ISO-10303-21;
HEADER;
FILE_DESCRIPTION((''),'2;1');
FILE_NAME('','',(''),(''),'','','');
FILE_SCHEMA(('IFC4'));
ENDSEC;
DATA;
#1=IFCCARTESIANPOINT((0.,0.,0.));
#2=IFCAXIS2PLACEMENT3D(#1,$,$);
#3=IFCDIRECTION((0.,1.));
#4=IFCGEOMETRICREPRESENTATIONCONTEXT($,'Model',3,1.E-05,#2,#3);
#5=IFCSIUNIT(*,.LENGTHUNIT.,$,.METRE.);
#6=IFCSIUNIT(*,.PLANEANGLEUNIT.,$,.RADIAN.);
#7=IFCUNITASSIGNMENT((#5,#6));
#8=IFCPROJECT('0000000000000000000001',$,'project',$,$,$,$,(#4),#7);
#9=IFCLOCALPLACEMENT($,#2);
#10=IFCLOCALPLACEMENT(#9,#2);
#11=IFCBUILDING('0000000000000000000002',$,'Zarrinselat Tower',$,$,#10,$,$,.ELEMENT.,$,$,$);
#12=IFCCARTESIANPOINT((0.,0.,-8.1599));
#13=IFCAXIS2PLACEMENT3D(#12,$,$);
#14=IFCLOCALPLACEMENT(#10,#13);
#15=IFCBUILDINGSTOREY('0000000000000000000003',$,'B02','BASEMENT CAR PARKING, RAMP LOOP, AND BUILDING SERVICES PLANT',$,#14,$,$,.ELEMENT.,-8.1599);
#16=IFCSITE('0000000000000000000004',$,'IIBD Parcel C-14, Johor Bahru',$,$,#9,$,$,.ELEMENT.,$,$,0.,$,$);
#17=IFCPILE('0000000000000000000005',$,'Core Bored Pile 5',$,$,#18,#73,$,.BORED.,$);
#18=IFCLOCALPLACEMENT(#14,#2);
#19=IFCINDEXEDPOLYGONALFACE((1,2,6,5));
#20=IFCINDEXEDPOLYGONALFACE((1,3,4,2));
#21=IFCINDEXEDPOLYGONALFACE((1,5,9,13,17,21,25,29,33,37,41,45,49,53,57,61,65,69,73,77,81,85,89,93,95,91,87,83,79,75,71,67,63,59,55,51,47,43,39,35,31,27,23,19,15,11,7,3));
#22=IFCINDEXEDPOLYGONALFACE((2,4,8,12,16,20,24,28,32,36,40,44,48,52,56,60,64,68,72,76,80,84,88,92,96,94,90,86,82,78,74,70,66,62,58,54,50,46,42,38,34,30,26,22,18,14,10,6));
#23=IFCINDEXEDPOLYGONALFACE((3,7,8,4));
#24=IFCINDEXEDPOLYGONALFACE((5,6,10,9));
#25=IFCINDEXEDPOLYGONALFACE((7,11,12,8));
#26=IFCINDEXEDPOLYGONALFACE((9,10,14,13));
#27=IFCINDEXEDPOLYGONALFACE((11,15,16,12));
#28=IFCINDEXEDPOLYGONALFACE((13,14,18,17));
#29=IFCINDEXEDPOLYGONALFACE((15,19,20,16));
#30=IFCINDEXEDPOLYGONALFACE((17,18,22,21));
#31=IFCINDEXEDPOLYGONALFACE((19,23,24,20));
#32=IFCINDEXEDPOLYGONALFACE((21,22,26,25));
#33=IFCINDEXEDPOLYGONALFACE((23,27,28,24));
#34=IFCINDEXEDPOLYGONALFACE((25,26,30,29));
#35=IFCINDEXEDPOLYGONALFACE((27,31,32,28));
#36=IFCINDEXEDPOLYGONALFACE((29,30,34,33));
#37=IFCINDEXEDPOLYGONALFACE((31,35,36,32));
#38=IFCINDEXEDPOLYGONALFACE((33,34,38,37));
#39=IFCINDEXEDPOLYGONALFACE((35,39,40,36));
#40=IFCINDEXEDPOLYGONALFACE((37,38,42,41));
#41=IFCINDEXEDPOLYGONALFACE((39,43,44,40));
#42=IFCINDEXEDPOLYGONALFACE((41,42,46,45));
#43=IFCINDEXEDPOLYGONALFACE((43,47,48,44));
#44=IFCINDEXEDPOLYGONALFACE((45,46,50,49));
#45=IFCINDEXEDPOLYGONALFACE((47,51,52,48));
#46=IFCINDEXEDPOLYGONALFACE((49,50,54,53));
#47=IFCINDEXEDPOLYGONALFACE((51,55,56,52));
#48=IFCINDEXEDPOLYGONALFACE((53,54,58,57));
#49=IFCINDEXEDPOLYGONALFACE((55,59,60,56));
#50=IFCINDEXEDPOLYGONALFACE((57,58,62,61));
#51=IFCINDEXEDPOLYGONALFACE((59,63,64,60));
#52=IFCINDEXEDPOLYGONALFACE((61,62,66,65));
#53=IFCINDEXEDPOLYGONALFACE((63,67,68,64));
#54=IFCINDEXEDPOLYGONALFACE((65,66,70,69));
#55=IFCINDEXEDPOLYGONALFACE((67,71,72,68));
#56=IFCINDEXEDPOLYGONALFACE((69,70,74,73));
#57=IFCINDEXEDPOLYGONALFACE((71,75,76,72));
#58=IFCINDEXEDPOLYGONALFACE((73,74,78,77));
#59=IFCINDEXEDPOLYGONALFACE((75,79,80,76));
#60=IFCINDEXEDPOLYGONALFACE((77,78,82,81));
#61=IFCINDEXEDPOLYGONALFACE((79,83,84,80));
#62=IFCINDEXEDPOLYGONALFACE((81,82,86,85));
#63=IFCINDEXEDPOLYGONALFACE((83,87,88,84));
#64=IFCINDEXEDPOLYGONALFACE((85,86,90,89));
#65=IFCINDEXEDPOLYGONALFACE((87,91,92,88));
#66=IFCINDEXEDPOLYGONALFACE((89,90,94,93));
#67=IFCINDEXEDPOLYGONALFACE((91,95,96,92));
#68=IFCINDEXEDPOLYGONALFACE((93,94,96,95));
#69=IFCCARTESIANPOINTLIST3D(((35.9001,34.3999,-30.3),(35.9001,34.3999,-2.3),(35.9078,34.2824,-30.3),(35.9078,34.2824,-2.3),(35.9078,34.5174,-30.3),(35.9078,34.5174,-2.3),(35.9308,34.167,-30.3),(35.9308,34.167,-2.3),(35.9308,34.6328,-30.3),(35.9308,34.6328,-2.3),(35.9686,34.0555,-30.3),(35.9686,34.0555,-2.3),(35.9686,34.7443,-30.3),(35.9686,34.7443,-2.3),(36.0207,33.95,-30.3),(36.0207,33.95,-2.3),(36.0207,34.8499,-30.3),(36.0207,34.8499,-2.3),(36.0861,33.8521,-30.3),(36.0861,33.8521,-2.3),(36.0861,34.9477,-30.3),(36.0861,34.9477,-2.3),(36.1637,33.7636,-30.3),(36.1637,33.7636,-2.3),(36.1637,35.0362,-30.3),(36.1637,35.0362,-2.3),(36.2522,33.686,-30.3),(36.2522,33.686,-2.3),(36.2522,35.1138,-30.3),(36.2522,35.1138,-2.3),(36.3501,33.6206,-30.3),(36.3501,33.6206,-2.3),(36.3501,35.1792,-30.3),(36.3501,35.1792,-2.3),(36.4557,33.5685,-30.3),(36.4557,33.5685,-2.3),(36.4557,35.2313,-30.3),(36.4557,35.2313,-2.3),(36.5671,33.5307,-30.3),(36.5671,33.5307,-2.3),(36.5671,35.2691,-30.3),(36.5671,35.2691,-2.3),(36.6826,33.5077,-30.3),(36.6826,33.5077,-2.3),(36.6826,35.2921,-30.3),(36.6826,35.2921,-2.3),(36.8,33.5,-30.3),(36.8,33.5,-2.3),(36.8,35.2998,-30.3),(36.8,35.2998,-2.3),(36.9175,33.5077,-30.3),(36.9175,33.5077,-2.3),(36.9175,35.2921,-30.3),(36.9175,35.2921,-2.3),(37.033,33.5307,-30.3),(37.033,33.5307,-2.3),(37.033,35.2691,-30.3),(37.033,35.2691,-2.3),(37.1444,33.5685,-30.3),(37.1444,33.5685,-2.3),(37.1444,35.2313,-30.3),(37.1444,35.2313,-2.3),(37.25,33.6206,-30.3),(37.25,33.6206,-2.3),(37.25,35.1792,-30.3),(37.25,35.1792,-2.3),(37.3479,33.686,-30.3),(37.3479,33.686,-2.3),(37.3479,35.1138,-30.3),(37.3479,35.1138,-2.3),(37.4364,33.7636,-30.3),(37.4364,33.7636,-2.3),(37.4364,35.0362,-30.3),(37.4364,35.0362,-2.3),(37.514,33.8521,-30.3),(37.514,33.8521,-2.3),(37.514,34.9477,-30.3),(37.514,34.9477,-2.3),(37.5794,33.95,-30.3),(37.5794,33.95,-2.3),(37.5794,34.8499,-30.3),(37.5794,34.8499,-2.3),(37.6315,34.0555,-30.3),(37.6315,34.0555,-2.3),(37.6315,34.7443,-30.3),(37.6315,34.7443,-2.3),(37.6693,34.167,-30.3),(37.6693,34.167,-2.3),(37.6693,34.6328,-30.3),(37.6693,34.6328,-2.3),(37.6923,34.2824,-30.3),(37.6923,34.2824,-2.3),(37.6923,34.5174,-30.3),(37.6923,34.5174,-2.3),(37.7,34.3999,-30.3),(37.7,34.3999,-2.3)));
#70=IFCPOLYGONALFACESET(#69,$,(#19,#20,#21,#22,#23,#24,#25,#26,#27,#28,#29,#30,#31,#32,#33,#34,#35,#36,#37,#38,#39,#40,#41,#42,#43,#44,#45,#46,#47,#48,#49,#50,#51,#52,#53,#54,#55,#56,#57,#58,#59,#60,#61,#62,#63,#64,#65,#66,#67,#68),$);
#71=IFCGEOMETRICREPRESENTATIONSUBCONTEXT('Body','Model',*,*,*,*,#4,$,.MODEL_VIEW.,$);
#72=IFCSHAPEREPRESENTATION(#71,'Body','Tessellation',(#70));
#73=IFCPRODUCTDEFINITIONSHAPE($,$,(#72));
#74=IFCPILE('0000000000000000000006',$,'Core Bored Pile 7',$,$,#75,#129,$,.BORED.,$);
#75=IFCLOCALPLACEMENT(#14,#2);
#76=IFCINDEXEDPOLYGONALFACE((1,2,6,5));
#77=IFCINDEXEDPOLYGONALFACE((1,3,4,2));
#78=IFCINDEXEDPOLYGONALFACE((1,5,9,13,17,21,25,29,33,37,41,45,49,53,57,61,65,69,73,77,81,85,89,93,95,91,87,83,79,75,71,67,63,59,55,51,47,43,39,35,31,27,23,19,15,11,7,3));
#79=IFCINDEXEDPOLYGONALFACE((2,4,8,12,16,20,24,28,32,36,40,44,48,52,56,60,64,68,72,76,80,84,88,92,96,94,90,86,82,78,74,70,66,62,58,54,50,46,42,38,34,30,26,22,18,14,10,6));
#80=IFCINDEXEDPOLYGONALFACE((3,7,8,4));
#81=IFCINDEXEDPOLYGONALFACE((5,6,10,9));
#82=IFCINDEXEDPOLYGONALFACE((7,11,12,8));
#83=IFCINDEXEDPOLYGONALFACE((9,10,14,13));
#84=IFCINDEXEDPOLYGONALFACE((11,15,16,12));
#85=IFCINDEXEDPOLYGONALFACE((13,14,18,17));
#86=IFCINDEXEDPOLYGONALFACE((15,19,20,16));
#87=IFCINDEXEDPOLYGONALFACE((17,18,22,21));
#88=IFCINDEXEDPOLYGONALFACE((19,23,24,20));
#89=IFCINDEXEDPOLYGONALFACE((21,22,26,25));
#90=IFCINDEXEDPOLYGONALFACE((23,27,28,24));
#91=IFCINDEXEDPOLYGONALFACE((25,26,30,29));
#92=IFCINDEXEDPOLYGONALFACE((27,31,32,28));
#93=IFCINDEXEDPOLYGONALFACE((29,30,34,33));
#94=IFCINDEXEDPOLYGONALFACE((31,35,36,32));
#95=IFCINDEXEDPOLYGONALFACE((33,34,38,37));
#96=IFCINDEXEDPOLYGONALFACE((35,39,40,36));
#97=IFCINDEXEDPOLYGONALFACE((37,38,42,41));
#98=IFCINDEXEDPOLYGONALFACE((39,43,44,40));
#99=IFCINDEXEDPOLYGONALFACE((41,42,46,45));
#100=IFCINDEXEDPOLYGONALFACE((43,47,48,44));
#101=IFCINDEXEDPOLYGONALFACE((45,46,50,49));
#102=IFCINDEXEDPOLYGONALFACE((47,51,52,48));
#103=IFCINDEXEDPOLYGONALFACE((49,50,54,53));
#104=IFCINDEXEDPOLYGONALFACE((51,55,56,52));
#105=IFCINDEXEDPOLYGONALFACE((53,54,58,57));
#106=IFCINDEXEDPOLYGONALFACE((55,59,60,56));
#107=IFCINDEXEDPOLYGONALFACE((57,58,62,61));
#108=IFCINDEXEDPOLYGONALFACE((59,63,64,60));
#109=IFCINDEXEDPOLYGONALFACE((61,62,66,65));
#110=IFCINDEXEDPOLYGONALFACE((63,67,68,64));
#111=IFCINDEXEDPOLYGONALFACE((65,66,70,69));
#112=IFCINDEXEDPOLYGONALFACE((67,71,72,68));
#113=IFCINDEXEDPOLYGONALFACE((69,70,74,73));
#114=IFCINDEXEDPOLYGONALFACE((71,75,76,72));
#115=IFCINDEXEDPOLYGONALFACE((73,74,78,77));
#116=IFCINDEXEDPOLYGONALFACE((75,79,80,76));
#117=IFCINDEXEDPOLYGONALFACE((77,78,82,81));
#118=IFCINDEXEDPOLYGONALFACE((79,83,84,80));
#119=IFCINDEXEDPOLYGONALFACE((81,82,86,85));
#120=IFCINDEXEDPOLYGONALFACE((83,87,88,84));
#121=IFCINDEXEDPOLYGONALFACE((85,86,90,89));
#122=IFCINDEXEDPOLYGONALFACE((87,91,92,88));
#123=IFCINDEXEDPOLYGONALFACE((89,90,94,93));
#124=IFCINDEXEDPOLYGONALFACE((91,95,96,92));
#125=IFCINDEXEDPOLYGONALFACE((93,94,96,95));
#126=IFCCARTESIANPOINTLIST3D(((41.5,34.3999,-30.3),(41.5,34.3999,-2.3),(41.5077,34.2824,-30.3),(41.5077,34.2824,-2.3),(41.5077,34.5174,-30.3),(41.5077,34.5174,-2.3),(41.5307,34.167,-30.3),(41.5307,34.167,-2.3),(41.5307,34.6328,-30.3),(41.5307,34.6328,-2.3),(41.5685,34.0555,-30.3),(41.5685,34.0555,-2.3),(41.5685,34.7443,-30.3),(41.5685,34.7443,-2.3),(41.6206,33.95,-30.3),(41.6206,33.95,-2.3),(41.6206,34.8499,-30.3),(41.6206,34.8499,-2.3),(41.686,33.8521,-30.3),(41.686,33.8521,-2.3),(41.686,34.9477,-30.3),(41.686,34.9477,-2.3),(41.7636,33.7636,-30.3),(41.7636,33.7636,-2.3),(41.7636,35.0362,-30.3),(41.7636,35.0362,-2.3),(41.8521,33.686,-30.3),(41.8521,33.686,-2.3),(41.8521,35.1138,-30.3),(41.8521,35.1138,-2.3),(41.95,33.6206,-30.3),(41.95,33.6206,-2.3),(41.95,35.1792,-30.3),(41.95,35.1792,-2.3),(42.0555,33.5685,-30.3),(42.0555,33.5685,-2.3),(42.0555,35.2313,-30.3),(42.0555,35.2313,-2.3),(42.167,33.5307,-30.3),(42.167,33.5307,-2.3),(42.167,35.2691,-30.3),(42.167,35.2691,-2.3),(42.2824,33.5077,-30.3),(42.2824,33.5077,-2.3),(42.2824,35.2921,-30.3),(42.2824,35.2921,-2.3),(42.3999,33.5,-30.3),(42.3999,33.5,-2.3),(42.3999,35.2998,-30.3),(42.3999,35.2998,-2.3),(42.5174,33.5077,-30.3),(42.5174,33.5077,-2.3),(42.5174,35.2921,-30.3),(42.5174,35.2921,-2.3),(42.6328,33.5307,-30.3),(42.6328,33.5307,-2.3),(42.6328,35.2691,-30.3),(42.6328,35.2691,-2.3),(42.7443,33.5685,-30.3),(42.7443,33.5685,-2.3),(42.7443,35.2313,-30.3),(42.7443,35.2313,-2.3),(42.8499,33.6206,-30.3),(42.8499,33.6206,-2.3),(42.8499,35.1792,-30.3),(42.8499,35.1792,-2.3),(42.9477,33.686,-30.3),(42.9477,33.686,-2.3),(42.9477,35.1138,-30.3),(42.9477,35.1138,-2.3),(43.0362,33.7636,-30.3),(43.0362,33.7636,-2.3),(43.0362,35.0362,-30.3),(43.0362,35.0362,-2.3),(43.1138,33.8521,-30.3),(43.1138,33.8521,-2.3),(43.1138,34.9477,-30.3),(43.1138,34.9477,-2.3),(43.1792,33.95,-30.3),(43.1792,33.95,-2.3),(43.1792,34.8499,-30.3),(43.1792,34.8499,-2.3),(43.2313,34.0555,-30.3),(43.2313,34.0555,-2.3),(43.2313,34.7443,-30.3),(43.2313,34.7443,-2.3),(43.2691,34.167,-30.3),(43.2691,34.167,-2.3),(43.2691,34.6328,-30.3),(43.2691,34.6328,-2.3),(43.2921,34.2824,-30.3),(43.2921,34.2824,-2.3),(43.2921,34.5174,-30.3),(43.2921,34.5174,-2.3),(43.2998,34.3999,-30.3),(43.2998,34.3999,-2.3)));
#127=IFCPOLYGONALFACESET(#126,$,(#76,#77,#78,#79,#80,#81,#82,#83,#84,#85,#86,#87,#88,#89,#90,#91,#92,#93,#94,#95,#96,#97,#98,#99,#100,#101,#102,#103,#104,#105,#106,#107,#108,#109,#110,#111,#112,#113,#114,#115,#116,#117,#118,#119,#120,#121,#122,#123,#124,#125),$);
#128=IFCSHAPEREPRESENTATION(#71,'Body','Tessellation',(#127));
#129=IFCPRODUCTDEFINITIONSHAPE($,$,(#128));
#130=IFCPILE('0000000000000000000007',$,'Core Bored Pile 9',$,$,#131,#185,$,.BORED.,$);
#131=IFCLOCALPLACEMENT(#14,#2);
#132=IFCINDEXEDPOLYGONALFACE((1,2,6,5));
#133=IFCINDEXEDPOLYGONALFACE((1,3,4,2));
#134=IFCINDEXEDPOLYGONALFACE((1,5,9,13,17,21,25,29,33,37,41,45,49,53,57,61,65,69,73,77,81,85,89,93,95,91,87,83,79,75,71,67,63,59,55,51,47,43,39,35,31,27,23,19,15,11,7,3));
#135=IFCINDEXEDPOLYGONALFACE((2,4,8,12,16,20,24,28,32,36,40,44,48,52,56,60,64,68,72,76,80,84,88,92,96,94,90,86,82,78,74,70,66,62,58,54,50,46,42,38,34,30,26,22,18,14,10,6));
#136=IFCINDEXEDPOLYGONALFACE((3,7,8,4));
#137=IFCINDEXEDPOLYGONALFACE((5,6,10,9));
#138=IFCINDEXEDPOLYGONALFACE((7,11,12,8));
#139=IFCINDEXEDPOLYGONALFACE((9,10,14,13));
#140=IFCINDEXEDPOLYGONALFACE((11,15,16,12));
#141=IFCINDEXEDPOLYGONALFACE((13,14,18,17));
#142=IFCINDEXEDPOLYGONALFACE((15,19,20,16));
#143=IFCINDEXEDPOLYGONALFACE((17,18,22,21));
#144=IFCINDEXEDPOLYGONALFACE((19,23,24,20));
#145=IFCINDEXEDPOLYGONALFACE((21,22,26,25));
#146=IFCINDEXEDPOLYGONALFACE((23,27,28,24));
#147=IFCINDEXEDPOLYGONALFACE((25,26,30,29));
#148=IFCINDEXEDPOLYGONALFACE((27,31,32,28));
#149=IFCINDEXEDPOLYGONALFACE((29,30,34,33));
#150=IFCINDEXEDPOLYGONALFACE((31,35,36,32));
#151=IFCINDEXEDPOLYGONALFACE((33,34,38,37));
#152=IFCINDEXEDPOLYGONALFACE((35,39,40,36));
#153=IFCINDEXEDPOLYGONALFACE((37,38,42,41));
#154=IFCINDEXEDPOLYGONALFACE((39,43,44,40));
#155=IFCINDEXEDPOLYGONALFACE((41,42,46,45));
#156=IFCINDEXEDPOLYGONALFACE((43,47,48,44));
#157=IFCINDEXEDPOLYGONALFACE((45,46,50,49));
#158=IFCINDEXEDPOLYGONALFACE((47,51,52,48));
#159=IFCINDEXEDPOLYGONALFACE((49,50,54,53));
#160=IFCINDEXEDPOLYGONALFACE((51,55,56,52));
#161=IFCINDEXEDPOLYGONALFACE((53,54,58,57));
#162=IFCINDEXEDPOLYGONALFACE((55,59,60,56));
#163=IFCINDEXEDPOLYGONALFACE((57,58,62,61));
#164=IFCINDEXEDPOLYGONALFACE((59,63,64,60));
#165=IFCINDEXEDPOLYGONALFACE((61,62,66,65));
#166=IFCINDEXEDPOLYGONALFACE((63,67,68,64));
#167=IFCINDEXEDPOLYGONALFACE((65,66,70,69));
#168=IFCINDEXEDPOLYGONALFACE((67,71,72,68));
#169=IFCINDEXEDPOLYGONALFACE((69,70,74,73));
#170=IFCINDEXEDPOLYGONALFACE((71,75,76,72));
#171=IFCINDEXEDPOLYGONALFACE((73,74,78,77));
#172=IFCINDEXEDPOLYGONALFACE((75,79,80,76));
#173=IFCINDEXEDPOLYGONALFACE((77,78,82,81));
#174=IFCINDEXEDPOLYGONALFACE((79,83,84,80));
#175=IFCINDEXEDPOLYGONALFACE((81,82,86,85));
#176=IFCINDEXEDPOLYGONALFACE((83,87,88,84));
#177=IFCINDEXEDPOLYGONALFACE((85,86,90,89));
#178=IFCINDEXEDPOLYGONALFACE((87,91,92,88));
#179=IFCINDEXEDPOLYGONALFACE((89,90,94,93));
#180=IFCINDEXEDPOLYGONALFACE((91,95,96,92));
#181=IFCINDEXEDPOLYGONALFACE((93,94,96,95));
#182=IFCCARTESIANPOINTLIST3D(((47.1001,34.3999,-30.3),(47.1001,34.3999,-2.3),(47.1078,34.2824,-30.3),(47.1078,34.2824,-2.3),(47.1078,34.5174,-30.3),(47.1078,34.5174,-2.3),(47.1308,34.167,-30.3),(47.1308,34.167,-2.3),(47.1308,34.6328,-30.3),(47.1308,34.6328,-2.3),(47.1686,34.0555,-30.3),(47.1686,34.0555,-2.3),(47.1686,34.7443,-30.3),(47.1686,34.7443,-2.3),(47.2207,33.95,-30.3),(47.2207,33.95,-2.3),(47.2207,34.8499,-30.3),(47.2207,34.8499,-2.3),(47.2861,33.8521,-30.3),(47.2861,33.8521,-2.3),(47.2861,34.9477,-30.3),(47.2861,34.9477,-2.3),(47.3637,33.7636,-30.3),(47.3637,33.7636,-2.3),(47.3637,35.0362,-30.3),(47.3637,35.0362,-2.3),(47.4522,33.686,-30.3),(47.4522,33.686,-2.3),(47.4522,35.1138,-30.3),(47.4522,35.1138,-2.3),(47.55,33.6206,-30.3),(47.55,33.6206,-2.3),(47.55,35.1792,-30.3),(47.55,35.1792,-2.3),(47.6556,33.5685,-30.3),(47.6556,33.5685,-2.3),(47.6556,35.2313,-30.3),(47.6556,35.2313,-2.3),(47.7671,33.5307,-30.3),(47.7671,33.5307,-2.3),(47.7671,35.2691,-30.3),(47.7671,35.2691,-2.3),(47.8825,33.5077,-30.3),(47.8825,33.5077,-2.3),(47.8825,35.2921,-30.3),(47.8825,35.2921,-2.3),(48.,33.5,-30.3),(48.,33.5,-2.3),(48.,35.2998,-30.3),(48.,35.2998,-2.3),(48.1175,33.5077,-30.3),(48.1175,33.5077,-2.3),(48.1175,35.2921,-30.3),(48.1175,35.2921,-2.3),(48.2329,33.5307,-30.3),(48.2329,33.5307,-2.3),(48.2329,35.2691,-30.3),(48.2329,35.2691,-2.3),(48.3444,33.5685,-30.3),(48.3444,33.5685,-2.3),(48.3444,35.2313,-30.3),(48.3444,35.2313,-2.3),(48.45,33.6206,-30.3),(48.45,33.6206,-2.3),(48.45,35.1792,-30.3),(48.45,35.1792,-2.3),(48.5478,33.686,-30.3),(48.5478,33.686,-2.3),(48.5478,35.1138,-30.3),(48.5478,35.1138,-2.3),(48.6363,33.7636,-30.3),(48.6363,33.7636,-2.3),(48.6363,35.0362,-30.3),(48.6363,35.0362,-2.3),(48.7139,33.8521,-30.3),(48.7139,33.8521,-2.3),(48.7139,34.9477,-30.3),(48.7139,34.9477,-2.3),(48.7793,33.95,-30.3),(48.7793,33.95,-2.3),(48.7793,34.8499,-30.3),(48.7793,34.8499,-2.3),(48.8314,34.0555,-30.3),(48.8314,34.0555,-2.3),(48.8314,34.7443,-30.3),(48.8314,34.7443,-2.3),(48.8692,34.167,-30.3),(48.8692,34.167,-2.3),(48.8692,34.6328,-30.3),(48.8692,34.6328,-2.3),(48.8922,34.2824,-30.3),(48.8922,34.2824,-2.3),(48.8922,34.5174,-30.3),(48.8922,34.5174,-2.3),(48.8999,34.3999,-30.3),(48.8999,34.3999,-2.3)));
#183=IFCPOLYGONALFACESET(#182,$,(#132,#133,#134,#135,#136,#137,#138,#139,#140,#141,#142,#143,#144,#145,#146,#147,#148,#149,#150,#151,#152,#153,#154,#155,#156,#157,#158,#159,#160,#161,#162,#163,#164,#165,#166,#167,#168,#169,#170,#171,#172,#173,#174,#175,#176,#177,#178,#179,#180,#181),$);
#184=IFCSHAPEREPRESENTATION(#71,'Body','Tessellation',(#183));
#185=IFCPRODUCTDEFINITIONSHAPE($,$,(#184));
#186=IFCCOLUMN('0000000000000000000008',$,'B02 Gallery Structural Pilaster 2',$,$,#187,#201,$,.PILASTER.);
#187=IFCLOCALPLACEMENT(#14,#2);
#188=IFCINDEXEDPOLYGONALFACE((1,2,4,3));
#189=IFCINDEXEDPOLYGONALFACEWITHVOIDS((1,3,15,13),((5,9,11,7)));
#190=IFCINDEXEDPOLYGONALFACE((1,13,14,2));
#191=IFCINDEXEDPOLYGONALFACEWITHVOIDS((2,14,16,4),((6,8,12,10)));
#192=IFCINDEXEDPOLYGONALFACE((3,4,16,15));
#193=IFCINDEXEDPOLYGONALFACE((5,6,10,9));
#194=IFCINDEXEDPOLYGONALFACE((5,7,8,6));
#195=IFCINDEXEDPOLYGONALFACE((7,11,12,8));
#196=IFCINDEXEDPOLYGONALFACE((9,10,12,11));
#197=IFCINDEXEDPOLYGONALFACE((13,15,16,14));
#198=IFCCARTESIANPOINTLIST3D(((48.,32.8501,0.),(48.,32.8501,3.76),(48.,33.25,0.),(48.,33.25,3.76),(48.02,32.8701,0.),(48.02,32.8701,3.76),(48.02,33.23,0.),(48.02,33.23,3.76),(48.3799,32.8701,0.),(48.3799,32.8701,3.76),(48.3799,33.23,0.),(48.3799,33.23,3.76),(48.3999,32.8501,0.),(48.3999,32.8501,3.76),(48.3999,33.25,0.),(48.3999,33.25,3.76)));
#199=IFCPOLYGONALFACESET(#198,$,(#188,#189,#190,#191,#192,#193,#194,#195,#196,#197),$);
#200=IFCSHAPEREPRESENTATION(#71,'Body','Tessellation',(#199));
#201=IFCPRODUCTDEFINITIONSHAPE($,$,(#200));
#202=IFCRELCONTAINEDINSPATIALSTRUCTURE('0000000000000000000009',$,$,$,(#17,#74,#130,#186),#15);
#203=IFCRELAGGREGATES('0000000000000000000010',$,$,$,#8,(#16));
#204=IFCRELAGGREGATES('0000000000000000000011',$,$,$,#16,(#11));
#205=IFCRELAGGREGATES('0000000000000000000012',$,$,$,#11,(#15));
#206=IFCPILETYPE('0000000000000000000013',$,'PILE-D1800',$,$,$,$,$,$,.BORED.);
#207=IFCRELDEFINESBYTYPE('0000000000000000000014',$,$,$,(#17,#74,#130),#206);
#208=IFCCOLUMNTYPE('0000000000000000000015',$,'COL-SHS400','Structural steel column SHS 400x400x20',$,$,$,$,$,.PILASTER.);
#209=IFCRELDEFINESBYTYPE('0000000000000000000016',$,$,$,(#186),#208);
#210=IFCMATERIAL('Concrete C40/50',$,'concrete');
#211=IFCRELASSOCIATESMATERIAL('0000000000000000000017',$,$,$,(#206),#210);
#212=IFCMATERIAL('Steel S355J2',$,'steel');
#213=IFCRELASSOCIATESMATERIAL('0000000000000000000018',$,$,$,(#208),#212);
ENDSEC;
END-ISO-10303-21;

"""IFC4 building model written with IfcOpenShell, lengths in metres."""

from ifc_helpers import new_model, si_unit, direction, frame, origin, origin_2d, place, context, subcontext, project, spatial, hollow_rectangle, circle, extrude, material, material_profile, profile_set, type_object, element, save


model = new_model("IFC4")

# Units and contexts
model_context = context("Model", 3, precision=1e-05, world=origin(), true_north=direction((0.0, 1.0)))
body_context = subcontext(model_context, "Body", "Model", "MODEL_VIEW")
ifc_project = project(units=[si_unit("LENGTHUNIT", "METRE"), si_unit("PLANEANGLEUNIT", "RADIAN")], contexts=[model_context])

# Site, building, storey
site_placement = place(None, origin())
site = spatial("IfcSite", under=ifc_project, at=site_placement, Name="IIBD Parcel C-14, Johor Bahru", CompositionType="ELEMENT", RefElevation=0.0)
building_placement = place(site_placement, origin())
building = spatial("IfcBuilding", under=site, at=building_placement, Name="Zarrinselat Tower", CompositionType="ELEMENT")
storey_placement = place(building_placement, frame((0.0, 0.0, -8.1599)))
storey = spatial("IfcBuildingStorey", under=building, at=storey_placement, Name="B02", Description="BASEMENT CAR PARKING, RAMP LOOP, AND BUILDING SERVICES PLANT", CompositionType="ELEMENT", Elevation=-8.1599)

# Piles
ifc_material_1 = material(Name="Concrete C40/50", Category="concrete")
ifc_material_profile_1 = material_profile(ifc_material_1, circle(Radius=0.8999, at=origin_2d()), Name="BORED PILE D1800")
ifc_profile_set_1 = profile_set([ifc_material_profile_1], Name="Concrete C40/50")
pile_type = type_object("IfcPileType", Name="PILE-D1800", PredefinedType="BORED", material=ifc_profile_set_1)
for number, where, z_axis, x_axis, name in (
    (1, (36.8, 34.3999, -2.3), (0.0, 0.0, -1.0), (1.0, 0.0, 0.0), "Core Bored Pile 5"),
    (2, (42.3999, 34.3999, -2.3), (0.0, 0.0, -1.0), (1.0, 0.0, 0.0), "Core Bored Pile 7"),
    (3, (48.0, 34.3999, -2.3), (0.0, 0.0, -1.0), (1.0, 0.0, 0.0), "Core Bored Pile 9"),
):
    element("IfcPile", number, at=place(storey_placement, frame(where, z_axis=z_axis, x_axis=x_axis)), inside=storey, type_object=pile_type, Name=name, PredefinedType="BORED", context=body_context, shape_type="SweptSolid", body=[
        extrude(circle(Radius=0.8999, at=origin_2d()), origin(), (0.0, 0.0, 1.0), 28.0),
    ])

# Column
ifc_material_2 = material(Name="Steel S355J2", Category="steel")
ifc_material_profile_2 = material_profile(ifc_material_2, hollow_rectangle(XDim=0.3999, YDim=0.3999, WallThickness=0.02, at=origin_2d()), Name="SHS 400x400x20")
ifc_profile_set_2 = profile_set([ifc_material_profile_2], Name="Steel S355J2")
column_type = type_object("IfcColumnType", Name="COL-SHS400", Description="Structural steel column SHS 400x400x20", PredefinedType="PILASTER", material=ifc_profile_set_2)
column_placement = place(storey_placement, frame((48.2, 33.05, 0.0), z_axis=(0.0, 0.0, 1.0), x_axis=(1.0, 0.0, 0.0)))
element("IfcColumn", 4, at=column_placement, inside=storey, type_object=column_type, Name="B02 Gallery Structural Pilaster 2", PredefinedType="PILASTER", context=body_context, shape_type="SweptSolid", body=[
    extrude(hollow_rectangle(XDim=0.3999, YDim=0.3999, WallThickness=0.02, at=origin_2d()), origin(), (0.0, 0.0, 1.0), 3.76),
])

save(model, "model.ifc")
